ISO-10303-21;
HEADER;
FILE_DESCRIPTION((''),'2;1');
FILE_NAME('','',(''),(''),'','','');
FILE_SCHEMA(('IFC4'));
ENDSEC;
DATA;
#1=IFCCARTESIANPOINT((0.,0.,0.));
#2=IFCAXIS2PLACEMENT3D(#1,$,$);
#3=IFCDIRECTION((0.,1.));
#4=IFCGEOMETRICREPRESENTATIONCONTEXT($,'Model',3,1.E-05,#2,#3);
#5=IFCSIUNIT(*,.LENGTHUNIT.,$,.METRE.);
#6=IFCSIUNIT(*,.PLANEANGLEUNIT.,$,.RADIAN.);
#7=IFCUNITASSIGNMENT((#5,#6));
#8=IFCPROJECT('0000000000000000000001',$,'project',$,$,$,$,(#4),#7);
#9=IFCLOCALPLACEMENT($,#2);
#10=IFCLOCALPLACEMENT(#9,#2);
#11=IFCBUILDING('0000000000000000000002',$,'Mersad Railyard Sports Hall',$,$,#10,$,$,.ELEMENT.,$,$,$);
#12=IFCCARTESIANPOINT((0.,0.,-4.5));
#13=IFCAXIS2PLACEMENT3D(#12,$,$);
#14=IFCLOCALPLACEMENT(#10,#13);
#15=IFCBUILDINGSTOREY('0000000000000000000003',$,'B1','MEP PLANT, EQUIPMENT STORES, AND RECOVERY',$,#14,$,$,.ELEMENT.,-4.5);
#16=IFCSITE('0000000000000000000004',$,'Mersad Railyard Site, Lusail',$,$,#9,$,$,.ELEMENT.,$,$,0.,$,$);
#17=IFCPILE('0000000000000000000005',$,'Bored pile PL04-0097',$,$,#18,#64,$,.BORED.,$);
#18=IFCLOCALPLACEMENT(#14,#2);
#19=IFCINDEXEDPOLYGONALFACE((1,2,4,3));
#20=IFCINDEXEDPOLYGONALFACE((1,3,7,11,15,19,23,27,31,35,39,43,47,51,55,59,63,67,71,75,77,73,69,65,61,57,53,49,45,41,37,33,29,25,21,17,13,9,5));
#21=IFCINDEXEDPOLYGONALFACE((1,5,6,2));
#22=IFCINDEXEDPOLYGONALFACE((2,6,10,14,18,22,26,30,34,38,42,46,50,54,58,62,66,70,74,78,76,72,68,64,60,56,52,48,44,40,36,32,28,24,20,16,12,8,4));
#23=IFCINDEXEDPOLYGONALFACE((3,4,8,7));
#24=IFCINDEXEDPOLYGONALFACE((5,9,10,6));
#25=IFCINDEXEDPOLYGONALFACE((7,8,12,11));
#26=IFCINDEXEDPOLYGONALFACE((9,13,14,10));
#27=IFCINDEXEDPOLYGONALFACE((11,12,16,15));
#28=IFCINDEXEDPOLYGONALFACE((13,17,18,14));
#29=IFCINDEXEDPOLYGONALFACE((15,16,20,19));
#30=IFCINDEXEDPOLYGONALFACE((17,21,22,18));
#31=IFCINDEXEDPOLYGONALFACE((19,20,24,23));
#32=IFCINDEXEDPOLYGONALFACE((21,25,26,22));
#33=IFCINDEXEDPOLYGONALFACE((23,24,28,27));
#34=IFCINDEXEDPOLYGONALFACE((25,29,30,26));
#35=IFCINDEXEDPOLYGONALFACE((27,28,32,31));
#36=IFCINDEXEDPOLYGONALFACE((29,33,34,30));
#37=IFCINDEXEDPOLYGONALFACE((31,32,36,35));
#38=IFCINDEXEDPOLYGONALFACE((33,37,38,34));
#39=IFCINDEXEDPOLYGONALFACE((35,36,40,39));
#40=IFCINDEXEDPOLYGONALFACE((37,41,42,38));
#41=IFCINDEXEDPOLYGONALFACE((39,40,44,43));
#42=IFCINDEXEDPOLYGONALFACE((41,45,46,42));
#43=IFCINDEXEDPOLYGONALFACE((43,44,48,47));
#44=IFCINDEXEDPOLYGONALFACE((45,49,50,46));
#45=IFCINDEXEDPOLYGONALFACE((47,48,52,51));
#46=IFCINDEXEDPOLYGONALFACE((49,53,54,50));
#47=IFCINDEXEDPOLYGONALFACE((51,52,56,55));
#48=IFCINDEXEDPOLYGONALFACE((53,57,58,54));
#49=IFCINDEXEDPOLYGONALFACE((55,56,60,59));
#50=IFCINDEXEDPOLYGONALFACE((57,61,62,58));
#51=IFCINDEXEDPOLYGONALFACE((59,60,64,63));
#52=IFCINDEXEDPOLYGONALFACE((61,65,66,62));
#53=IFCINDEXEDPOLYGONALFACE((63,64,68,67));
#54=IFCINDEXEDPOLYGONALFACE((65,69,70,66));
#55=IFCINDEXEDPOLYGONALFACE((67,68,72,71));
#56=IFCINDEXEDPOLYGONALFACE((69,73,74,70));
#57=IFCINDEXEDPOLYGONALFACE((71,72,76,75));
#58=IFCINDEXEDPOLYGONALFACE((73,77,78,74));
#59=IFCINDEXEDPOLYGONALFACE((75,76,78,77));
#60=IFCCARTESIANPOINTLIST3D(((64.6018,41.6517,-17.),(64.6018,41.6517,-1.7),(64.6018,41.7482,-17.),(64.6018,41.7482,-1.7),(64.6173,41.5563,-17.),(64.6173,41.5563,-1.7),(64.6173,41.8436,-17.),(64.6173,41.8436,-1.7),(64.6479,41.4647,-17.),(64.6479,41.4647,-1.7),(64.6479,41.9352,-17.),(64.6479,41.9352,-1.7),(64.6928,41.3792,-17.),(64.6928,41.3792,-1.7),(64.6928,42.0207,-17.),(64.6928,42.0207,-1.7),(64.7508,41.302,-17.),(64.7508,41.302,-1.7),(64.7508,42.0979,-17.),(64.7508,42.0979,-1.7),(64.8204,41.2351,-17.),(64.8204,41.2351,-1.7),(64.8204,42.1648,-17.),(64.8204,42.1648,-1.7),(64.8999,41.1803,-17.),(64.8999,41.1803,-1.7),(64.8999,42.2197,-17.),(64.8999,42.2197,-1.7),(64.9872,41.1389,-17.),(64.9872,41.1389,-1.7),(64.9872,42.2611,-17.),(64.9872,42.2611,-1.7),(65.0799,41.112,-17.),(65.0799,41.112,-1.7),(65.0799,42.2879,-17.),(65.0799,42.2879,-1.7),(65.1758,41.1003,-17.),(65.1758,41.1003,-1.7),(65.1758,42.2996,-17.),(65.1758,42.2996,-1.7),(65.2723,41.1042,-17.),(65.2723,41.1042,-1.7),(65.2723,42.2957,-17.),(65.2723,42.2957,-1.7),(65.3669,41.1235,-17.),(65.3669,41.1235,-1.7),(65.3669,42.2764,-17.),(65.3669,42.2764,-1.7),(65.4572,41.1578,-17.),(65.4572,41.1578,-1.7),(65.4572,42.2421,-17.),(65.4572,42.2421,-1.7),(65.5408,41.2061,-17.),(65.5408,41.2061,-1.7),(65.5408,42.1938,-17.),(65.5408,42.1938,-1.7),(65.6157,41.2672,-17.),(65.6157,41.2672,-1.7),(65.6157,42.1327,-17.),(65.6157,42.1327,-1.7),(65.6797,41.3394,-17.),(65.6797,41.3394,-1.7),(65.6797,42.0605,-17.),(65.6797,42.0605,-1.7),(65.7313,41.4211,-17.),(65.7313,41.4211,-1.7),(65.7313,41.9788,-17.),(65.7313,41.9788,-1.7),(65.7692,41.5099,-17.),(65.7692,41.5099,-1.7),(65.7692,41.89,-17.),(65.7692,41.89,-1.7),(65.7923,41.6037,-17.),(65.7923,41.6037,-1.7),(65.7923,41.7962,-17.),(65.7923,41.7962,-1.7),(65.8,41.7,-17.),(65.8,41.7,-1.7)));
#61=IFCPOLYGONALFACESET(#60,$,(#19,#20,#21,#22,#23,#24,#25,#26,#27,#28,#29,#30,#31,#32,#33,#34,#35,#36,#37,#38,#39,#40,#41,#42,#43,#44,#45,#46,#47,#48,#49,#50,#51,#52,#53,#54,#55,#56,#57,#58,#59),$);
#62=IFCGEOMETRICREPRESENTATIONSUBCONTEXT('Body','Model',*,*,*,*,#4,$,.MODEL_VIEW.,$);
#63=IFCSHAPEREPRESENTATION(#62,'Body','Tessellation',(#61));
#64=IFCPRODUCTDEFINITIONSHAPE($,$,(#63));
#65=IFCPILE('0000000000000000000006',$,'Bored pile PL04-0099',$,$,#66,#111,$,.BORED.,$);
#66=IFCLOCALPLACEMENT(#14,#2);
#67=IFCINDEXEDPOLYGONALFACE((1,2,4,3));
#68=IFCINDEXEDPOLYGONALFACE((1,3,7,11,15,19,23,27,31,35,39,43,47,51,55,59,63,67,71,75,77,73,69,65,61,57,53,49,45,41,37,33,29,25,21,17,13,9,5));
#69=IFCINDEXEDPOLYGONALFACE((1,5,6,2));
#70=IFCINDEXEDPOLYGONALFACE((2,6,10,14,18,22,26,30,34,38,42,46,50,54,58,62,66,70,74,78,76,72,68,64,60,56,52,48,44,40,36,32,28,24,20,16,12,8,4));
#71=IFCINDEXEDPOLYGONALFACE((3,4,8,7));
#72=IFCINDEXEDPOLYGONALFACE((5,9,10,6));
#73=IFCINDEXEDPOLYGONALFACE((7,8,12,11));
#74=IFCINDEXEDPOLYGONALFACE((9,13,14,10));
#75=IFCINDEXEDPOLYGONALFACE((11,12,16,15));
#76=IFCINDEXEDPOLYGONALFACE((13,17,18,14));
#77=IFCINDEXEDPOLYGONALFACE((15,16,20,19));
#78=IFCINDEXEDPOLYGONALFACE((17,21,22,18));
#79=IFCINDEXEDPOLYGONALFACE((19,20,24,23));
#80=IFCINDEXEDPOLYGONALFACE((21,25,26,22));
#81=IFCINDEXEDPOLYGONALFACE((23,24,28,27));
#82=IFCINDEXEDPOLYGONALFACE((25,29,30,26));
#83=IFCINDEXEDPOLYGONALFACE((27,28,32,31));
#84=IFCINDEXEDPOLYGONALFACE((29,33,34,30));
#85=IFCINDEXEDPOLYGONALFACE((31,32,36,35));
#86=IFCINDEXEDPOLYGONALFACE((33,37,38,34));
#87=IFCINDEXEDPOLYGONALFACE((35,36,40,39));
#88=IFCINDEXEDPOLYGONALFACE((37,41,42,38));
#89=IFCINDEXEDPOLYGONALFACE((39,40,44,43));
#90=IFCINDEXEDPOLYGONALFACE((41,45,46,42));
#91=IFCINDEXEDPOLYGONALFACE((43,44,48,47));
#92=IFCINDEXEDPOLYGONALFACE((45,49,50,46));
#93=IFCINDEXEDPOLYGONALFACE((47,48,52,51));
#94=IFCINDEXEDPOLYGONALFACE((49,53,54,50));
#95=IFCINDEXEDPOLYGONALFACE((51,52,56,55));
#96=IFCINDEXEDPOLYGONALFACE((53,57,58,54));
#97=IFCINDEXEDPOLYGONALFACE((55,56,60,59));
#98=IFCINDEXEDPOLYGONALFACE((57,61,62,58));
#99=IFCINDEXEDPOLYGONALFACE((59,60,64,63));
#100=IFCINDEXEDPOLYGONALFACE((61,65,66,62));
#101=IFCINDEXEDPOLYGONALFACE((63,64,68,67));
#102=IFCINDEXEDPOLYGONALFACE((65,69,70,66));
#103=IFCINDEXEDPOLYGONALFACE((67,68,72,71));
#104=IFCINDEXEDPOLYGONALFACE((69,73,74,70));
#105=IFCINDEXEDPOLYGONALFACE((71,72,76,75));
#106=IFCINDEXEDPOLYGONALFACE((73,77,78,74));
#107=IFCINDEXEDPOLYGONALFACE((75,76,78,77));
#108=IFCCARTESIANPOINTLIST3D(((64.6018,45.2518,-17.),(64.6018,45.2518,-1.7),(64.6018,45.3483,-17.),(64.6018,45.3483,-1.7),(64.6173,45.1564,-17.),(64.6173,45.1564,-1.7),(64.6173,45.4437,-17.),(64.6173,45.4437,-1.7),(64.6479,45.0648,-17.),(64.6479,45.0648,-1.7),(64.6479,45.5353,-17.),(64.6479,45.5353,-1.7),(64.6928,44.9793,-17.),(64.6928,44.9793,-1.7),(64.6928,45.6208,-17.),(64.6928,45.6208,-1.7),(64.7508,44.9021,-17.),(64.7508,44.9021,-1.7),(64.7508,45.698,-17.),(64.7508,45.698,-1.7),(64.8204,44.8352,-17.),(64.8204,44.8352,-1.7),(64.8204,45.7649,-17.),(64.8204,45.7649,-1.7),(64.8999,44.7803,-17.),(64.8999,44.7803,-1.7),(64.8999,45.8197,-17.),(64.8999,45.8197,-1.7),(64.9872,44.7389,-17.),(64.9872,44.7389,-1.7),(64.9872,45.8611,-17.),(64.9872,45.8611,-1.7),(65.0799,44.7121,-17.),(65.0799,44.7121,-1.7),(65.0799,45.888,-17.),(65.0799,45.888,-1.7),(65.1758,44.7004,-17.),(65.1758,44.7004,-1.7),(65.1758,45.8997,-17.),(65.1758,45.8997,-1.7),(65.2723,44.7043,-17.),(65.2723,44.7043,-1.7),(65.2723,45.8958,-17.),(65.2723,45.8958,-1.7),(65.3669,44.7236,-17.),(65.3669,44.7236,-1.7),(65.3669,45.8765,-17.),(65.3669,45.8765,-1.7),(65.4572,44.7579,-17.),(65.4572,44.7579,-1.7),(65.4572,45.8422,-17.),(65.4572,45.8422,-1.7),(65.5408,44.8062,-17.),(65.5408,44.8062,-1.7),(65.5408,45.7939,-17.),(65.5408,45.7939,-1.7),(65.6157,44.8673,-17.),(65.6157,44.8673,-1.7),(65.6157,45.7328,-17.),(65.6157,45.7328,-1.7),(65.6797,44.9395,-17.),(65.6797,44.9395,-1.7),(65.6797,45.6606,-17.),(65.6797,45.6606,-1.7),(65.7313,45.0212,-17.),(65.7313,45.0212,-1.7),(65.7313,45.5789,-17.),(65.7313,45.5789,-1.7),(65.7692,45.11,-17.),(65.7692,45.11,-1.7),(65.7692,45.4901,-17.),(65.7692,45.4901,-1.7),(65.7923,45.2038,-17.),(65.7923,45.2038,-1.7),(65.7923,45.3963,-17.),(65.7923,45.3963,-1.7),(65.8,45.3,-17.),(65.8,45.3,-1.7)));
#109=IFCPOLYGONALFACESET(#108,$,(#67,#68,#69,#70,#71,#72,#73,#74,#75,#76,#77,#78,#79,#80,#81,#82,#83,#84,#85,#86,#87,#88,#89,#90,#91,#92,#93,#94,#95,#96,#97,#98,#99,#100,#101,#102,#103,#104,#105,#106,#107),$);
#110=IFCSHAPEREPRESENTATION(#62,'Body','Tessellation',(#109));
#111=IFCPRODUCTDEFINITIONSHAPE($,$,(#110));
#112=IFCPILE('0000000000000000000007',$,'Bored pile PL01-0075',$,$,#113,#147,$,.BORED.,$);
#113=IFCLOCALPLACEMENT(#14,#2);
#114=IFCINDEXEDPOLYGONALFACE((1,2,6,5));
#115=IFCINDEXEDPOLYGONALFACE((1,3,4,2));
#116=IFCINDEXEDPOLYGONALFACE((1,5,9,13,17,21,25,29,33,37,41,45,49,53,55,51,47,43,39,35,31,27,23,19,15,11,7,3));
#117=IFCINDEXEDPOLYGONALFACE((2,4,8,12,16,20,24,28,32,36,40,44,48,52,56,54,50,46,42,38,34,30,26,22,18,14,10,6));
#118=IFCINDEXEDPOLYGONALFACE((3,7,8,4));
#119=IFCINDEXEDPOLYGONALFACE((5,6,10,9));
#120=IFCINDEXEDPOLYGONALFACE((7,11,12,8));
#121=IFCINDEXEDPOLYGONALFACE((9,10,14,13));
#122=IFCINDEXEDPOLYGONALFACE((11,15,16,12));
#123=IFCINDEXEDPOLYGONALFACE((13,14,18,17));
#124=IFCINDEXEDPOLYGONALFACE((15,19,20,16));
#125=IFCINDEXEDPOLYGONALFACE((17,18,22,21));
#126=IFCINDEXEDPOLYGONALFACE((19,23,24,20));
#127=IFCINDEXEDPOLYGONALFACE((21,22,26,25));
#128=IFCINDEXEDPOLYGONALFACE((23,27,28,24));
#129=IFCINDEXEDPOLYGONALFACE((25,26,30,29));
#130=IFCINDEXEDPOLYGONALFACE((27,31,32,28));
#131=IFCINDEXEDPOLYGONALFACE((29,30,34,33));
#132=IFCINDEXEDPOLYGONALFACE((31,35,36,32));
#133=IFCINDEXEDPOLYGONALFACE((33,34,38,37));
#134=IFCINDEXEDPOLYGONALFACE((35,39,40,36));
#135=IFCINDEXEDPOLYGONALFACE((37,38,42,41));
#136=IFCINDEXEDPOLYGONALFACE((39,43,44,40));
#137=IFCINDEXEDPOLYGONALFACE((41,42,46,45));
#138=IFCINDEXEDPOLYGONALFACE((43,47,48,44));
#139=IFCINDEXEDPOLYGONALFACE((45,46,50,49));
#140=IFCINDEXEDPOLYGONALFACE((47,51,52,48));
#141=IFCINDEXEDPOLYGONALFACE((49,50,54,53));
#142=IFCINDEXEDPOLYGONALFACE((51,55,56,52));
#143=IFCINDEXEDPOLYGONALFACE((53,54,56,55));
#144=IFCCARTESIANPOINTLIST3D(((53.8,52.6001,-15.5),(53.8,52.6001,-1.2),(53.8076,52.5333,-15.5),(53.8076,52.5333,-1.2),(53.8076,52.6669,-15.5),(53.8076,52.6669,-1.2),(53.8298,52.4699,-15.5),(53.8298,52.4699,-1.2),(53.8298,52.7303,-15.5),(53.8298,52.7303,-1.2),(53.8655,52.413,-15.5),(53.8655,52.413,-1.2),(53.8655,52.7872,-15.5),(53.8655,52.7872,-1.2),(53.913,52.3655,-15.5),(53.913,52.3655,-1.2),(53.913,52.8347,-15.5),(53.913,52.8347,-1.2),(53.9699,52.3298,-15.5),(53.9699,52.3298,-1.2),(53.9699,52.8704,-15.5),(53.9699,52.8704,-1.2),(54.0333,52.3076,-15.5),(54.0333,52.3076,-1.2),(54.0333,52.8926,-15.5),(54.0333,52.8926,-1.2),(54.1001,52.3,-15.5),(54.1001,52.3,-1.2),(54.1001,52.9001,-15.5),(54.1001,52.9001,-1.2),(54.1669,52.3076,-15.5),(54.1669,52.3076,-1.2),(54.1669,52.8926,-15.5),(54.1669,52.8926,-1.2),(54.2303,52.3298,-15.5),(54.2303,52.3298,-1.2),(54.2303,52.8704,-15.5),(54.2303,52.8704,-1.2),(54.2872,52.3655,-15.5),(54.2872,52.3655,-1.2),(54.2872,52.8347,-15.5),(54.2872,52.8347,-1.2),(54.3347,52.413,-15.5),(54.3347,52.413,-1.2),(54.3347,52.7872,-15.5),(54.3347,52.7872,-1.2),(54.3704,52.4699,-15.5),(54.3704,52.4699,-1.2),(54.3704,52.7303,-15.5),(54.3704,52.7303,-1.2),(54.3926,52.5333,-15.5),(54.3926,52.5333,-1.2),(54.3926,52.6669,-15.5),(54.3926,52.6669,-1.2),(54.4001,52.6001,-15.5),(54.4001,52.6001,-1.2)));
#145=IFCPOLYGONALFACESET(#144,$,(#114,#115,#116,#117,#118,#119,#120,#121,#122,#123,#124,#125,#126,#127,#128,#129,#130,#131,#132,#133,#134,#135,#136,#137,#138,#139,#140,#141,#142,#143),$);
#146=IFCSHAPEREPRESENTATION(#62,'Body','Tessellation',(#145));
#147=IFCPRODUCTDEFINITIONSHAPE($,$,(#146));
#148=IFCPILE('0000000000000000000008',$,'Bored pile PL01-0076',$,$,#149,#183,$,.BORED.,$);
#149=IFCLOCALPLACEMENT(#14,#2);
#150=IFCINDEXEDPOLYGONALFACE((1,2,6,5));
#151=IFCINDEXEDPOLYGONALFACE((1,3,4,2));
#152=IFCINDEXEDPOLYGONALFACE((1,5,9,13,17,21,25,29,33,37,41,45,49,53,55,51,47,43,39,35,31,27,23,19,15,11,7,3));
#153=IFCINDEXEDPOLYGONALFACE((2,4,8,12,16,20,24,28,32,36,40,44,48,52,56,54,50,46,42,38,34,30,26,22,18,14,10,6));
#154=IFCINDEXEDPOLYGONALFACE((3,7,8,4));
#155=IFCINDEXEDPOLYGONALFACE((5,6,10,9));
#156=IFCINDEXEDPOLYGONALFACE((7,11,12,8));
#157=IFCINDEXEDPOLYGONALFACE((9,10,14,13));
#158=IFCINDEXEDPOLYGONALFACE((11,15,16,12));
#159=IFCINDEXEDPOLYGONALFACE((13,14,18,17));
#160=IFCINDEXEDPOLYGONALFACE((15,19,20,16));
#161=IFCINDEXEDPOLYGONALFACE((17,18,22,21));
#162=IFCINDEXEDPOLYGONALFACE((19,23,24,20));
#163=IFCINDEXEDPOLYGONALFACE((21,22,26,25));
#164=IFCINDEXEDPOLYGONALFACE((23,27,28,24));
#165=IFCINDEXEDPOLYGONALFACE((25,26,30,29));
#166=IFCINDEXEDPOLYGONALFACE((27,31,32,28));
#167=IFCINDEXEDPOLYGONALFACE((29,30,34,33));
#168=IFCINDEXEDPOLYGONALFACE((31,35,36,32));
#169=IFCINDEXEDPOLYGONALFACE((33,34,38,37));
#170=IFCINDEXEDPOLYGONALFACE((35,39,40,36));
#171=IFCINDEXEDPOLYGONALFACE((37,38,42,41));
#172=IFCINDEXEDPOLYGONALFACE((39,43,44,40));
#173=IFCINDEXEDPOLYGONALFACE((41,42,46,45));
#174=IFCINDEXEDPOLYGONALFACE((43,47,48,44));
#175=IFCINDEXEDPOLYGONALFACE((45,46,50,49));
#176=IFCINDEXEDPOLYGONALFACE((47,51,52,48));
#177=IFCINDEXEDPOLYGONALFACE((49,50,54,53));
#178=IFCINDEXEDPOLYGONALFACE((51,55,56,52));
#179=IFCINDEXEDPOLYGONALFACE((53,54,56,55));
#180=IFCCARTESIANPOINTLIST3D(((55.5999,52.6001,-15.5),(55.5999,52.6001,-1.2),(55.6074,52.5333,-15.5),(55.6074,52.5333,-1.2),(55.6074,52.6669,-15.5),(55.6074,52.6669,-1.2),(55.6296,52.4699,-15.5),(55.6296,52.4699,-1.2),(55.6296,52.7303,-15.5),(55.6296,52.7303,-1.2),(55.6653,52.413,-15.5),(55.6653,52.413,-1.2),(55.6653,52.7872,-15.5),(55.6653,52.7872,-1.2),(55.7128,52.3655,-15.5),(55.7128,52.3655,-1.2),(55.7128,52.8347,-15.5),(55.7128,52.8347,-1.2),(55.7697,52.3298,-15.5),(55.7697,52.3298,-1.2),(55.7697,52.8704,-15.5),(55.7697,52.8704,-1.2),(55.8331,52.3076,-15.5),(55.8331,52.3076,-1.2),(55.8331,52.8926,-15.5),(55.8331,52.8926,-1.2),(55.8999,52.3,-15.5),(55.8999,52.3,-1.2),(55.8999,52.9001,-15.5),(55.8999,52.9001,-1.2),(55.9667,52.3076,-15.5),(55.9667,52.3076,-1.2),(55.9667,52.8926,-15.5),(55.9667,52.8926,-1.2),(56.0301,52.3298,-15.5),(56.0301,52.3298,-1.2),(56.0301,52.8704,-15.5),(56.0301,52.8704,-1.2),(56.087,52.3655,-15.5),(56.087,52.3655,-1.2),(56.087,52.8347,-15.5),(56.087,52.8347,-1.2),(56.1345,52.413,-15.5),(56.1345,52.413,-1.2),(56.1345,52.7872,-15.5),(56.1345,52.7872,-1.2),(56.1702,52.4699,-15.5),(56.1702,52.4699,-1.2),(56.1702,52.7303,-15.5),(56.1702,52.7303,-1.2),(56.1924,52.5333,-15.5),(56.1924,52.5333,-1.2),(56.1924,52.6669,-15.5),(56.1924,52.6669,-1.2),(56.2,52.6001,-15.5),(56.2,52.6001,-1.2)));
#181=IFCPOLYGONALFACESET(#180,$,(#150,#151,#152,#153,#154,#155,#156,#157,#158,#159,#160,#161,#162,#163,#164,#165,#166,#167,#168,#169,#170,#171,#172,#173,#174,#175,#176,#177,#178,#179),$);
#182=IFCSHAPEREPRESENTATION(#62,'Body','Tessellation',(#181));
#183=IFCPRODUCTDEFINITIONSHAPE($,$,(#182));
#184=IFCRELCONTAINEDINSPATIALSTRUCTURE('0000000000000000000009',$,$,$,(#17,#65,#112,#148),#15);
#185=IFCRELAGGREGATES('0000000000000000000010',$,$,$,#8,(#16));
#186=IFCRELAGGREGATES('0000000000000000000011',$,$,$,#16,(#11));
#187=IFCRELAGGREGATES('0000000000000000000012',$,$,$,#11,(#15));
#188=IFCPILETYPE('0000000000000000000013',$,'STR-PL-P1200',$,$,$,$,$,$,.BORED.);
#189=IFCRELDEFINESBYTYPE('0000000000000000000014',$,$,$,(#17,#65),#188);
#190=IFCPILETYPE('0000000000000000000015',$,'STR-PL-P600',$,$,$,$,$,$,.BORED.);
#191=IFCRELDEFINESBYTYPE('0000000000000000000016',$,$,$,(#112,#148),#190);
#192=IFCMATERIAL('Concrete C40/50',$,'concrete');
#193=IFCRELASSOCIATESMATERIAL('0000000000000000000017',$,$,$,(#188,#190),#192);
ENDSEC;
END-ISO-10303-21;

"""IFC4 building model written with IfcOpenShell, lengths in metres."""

from ifc_helpers import new_model, si_unit, direction, frame, origin, origin_2d, place, context, subcontext, project, spatial, circle, extrude, material, material_profile, profile_set, type_object, element, save


model = new_model("IFC4")

# Units and contexts
model_context = context("Model", 3, precision=1e-05, world=origin(), true_north=direction((0.0, 1.0)))
body_context = subcontext(model_context, "Body", "Model", "MODEL_VIEW")
ifc_project = project(units=[si_unit("LENGTHUNIT", "METRE"), si_unit("PLANEANGLEUNIT", "RADIAN")], contexts=[model_context])

# Site, building, storey
site_placement = place(None, origin())
site = spatial("IfcSite", under=ifc_project, at=site_placement, Name="Mersad Railyard Site, Lusail", CompositionType="ELEMENT", RefElevation=0.0)
building_placement = place(site_placement, origin())
building = spatial("IfcBuilding", under=site, at=building_placement, Name="Mersad Railyard Sports Hall", CompositionType="ELEMENT")
storey_placement = place(building_placement, frame((0.0, 0.0, -4.5)))
storey = spatial("IfcBuildingStorey", under=building, at=storey_placement, Name="B1", Description="MEP PLANT, EQUIPMENT STORES, AND RECOVERY", CompositionType="ELEMENT", Elevation=-4.5)

# Shared definitions
ifc_material_1 = material(Name="Concrete C40/50", Category="concrete")

# Piles
ifc_material_profile_1 = material_profile(ifc_material_1, circle(Radius=0.6001, at=origin_2d()), Name="BORED PILE D1200")
ifc_profile_set_1 = profile_set([ifc_material_profile_1], Name="Concrete C40/50")
pile_type_1 = type_object("IfcPileType", Name="STR-PL-P1200", PredefinedType="BORED", material=ifc_profile_set_1)
for number, where, z_axis, x_axis, name in (
    (1, (65.2, 41.7, -1.7), (0.0, 0.0, -1.0), (1.0, 0.0, 0.0), "Bored pile PL04-0097"),
    (2, (65.2, 45.3, -1.7), (0.0, 0.0, -1.0), (1.0, 0.0, 0.0), "Bored pile PL04-0099"),
):
    element("IfcPile", number, at=place(storey_placement, frame(where, z_axis=z_axis, x_axis=x_axis)), inside=storey, type_object=pile_type_1, Name=name, PredefinedType="BORED", context=body_context, shape_type="SweptSolid", body=[
        extrude(circle(Radius=0.6001, at=origin_2d()), origin(), (0.0, 0.0, 1.0), 15.3),
    ])
ifc_material_profile_2 = material_profile(ifc_material_1, circle(Radius=0.3, at=origin_2d()), Name="BORED PILE D600")
ifc_profile_set_2 = profile_set([ifc_material_profile_2], Name="Concrete C40/50")
pile_type_2 = type_object("IfcPileType", Name="STR-PL-P600", PredefinedType="BORED", material=ifc_profile_set_2)
for number, where, z_axis, x_axis, name in (
    (3, (54.1001, 52.6001, -1.2), (0.0, 0.0, -1.0), (1.0, 0.0, 0.0), "Bored pile PL01-0075"),
    (4, (55.8999, 52.6001, -1.2), (0.0, 0.0, -1.0), (1.0, 0.0, 0.0), "Bored pile PL01-0076"),
):
    element("IfcPile", number, at=place(storey_placement, frame(where, z_axis=z_axis, x_axis=x_axis)), inside=storey, type_object=pile_type_2, Name=name, PredefinedType="BORED", context=body_context, shape_type="SweptSolid", body=[
        extrude(circle(Radius=0.3, at=origin_2d()), origin(), (0.0, 0.0, 1.0), 14.3),
    ])

save(model, "model.ifc")
